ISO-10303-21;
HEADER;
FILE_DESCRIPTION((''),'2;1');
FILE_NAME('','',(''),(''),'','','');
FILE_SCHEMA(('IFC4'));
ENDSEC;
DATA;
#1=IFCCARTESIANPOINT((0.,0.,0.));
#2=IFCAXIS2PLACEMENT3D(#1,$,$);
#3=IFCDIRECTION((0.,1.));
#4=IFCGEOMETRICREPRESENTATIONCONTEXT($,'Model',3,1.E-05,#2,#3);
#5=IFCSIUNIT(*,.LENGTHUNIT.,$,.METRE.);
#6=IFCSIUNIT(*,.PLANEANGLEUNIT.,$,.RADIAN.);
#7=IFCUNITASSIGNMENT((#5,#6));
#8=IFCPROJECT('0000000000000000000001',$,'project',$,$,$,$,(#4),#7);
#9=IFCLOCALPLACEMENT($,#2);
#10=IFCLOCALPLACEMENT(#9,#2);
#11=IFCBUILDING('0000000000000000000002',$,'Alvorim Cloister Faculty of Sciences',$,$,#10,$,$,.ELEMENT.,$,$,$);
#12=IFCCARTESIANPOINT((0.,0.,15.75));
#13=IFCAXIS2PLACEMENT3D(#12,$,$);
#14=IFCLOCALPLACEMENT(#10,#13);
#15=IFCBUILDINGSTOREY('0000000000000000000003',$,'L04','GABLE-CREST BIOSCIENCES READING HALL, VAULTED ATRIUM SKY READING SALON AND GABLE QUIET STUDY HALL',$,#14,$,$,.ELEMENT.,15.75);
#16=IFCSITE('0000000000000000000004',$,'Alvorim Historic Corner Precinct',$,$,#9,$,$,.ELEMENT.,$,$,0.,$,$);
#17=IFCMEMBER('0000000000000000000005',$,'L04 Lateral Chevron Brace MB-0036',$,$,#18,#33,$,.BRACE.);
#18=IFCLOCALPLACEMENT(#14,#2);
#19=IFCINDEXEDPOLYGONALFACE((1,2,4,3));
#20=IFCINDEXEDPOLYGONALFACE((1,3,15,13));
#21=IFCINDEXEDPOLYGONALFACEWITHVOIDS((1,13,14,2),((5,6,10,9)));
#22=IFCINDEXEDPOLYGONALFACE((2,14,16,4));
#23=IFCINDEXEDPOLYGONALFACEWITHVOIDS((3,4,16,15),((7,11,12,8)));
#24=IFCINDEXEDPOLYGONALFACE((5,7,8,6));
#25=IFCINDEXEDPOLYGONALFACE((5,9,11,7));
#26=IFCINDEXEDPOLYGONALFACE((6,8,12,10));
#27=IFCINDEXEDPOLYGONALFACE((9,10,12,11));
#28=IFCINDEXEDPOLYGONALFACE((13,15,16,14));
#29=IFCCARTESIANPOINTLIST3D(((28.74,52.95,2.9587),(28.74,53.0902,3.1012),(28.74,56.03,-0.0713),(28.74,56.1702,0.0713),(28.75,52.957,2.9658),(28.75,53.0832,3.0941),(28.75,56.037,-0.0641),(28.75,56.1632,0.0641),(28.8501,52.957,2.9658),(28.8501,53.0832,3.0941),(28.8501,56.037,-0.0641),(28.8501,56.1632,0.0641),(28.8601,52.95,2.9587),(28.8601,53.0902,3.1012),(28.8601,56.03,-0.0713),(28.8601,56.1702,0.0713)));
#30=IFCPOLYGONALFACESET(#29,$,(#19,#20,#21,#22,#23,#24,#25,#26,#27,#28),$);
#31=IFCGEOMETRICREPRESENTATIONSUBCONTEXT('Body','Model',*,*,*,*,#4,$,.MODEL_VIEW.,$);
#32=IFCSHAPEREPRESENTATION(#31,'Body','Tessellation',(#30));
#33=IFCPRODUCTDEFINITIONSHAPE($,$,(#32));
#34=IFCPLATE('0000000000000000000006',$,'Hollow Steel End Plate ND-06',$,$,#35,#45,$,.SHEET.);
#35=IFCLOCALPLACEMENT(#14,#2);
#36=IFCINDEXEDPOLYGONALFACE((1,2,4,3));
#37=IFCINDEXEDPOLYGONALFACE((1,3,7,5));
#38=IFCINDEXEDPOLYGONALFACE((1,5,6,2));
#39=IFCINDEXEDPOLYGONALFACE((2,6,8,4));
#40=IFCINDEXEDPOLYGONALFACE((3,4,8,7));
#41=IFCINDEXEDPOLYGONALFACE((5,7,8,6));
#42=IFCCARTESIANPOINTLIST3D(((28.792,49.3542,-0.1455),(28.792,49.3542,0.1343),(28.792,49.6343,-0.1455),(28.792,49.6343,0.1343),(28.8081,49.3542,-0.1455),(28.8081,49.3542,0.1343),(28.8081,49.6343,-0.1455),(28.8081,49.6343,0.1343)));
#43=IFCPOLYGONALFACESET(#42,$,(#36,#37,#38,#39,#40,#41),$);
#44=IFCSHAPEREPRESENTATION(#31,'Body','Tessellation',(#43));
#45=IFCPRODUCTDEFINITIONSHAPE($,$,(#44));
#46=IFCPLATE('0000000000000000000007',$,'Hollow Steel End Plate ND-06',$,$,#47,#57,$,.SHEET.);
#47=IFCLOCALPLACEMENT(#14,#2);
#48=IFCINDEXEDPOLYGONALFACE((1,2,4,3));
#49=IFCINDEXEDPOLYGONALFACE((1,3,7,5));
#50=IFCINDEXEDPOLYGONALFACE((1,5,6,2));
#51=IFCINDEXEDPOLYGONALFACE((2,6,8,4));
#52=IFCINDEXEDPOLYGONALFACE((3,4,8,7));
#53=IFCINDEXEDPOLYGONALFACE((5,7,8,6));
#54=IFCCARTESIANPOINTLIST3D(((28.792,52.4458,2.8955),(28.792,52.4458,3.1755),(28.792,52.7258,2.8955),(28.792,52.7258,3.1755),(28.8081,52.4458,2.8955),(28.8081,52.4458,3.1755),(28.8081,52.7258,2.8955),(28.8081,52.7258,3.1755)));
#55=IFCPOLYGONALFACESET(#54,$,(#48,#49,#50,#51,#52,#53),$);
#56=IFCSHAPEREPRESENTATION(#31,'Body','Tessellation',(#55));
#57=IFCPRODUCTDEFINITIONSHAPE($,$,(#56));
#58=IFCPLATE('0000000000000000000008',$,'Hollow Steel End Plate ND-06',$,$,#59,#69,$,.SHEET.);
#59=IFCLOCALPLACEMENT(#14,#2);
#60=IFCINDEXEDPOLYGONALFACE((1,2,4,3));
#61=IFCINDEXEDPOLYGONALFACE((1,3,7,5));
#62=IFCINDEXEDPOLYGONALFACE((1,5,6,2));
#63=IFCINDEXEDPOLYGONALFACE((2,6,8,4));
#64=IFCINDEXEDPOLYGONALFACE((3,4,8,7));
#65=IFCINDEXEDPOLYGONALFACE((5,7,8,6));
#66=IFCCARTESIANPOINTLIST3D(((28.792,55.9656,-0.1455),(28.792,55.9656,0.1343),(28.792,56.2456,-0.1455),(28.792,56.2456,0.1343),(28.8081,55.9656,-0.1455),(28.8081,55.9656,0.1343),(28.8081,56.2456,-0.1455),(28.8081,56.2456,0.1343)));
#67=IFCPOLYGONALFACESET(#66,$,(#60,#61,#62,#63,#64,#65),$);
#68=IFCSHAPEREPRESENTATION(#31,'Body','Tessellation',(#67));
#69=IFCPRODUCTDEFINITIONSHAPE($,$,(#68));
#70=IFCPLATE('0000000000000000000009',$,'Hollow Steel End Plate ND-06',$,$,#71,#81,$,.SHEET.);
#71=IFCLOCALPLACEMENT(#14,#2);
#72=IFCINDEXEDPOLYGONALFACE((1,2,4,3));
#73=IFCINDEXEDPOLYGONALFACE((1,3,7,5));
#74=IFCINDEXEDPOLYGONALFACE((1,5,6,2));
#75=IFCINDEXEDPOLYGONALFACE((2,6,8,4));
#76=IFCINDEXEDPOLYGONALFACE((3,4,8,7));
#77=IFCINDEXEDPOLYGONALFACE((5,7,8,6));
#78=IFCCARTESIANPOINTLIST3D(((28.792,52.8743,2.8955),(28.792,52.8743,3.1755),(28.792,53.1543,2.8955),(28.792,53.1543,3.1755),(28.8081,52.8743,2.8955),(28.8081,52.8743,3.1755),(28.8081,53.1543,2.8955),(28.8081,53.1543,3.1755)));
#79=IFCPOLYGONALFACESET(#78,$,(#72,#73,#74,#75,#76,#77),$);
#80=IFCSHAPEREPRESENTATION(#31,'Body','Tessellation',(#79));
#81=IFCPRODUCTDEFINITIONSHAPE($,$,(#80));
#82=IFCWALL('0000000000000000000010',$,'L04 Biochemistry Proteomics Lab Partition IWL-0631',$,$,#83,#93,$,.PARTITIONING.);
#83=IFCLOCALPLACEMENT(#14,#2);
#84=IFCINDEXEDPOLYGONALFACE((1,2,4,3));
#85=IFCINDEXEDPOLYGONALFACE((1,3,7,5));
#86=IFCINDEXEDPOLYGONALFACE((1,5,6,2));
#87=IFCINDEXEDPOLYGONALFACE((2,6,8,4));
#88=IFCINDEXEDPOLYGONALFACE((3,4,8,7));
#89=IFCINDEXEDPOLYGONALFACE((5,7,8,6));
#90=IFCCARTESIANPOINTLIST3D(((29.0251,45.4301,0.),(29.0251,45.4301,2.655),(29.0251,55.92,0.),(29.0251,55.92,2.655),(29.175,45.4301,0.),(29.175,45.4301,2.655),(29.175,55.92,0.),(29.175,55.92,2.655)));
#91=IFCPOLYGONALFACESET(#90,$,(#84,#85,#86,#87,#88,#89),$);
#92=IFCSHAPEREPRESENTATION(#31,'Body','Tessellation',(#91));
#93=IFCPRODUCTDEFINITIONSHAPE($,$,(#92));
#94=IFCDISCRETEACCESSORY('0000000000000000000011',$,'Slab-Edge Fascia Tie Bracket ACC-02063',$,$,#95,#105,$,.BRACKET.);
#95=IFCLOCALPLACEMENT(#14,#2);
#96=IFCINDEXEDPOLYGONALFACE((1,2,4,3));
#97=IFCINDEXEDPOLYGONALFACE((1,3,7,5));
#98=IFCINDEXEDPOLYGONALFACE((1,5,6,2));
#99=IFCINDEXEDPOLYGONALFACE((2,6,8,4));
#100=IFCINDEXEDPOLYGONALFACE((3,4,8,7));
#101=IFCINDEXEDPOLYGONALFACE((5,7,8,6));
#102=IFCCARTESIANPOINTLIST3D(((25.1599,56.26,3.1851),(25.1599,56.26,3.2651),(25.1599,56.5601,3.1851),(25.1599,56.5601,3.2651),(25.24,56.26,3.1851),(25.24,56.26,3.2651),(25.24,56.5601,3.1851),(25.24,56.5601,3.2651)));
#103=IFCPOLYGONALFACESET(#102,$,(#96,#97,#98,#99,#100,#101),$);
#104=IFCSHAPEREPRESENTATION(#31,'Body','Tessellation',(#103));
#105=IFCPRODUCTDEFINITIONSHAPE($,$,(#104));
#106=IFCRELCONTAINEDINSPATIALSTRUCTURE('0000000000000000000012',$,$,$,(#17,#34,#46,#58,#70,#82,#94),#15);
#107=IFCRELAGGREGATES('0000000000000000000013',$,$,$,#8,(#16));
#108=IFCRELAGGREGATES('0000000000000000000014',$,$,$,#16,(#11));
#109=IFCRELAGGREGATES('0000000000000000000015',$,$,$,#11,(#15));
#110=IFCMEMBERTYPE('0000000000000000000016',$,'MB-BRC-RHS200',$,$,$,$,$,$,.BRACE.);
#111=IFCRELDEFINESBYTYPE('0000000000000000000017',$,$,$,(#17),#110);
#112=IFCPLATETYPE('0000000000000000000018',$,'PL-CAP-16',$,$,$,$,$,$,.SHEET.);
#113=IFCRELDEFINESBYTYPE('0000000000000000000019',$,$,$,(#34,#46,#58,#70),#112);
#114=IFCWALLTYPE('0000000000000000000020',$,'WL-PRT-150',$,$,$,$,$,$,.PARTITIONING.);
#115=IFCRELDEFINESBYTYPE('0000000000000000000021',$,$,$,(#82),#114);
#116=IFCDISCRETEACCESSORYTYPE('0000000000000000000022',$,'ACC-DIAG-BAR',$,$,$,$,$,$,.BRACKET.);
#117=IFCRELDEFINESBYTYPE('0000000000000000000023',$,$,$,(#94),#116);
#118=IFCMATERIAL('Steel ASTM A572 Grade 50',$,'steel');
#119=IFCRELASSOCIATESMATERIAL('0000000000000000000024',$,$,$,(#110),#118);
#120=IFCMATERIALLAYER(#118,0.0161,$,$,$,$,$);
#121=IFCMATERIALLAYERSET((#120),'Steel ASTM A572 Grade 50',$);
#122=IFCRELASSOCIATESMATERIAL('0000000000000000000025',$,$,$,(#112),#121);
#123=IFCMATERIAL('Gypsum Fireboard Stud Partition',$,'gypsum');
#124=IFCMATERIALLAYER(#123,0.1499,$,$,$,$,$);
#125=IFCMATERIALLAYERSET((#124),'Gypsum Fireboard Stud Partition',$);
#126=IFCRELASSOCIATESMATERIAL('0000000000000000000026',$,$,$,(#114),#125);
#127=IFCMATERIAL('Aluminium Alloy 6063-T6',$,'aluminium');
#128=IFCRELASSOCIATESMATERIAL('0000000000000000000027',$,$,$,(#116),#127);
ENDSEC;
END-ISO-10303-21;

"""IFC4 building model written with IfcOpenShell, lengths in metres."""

from ifc_helpers import new_model, si_unit, direction, frame, frame_2d, origin, origin_2d, place, context, subcontext, project, spatial, polyline, rectangle, hollow_rectangle, outline, extrude, material, layer, layer_set, material_profile, profile_set, type_object, element, save


model = new_model("IFC4")

# Units and contexts
model_context = context("Model", 3, precision=1e-05, world=origin(), true_north=direction((0.0, 1.0)))
body_context = subcontext(model_context, "Body", "Model", "MODEL_VIEW")
ifc_project = project(units=[si_unit("LENGTHUNIT", "METRE"), si_unit("PLANEANGLEUNIT", "RADIAN")], contexts=[model_context])

# Site, building, storey
site_placement = place(None, origin())
site = spatial("IfcSite", under=ifc_project, at=site_placement, Name="Alvorim Historic Corner Precinct", CompositionType="ELEMENT", RefElevation=0.0)
building_placement = place(site_placement, origin())
building = spatial("IfcBuilding", under=site, at=building_placement, Name="Alvorim Cloister Faculty of Sciences", CompositionType="ELEMENT")
storey_placement = place(building_placement, frame((0.0, 0.0, 15.75)))
storey = spatial("IfcBuildingStorey", under=building, at=storey_placement, Name="L04", Description="GABLE-CREST BIOSCIENCES READING HALL, VAULTED ATRIUM SKY READING SALON AND GABLE QUIET STUDY HALL", CompositionType="ELEMENT", Elevation=15.75)

# Shared definitions
ifc_material_1 = material(Name="Aluminium Alloy 6063-T6", Category="aluminium")

# Member
ifc_material_2 = material(Name="Steel ASTM A572 Grade 50", Category="steel")
ifc_material_profile_1 = material_profile(ifc_material_2, hollow_rectangle(XDim=0.1201, YDim=0.2, WallThickness=0.01, at=origin_2d()), Name="RHS200x120x10")
ifc_profile_set_1 = profile_set([ifc_material_profile_1], Name="Steel ASTM A572 Grade 50")
member_type_1 = type_object("IfcMemberType", Name="MB-BRC-RHS200", PredefinedType="BRACE", material=ifc_profile_set_1)
for number, where, z_axis, x_axis, name in (
    (1, (28.8, 56.1001, 0.0), (0.0, -0.712875, 0.701291), (1.0, 0.0, 0.0), "L04 Lateral Chevron Brace MB-0036"),
):
    element("IfcMember", number, at=place(storey_placement, frame(where, z_axis=z_axis, x_axis=x_axis)), inside=storey, type_object=member_type_1, Name=name, PredefinedType="BRACE", context=body_context, shape_type="SweptSolid", body=[
        extrude(hollow_rectangle(XDim=0.1201, YDim=0.2, WallThickness=0.01, at=origin_2d()), origin(), (0.0, 0.0, 1.0), 4.3206),
    ])

# Plates
ifc_layer_1 = layer(ifc_material_2, 0.0161)
ifc_layer_set_1 = layer_set([ifc_layer_1], Name="Steel ASTM A572 Grade 50")
plate_type = type_object("IfcPlateType", Name="PL-CAP-16", PredefinedType="SHEET", material=ifc_layer_set_1)
plate_1_placement = place(storey_placement, frame((28.8, 49.3542, -0.1455), z_axis=(0.0, 0.0, 1.0), x_axis=(0.0, 1.0, 0.0)))
element("IfcPlate", 2, at=plate_1_placement, inside=storey, type_object=plate_type, Name="Hollow Steel End Plate ND-06", PredefinedType="SHEET", context=body_context, shape_type="SweptSolid", body=[
    extrude(outline(polyline([(0.0, 0.0), (0.28, 0.0), (0.28, 0.2798), (0.0, 0.2798), (0.0, 0.0)])), frame((0.0, 0.0081, 0.0), z_axis=(0.0, -1.0, 0.0), x_axis=(1.0, 0.0, 0.0)), (0.0, 0.0, 1.0), 0.0161),
])
plate_2_placement = place(storey_placement, frame((28.8, 52.4458, 2.8955), z_axis=(0.0, 0.0, 1.0), x_axis=(0.0, 1.0, 0.0)))
element("IfcPlate", 3, at=plate_2_placement, inside=storey, type_object=plate_type, Name="Hollow Steel End Plate ND-06", PredefinedType="SHEET", context=body_context, shape_type="SweptSolid", body=[
    extrude(outline(polyline([(0.0, 0.0), (0.28, 0.0), (0.28, 0.28), (0.0, 0.28), (0.0, 0.0)])), frame((0.0, 0.0081, 0.0), z_axis=(0.0, -1.0, 0.0), x_axis=(1.0, 0.0, 0.0)), (0.0, 0.0, 1.0), 0.0161),
])
plate_3_placement = place(storey_placement, frame((28.8, 56.2456, -0.1455), z_axis=(0.0, 0.0, 1.0), x_axis=(0.0, -1.0, 0.0)))
element("IfcPlate", 4, at=plate_3_placement, inside=storey, type_object=plate_type, Name="Hollow Steel End Plate ND-06", PredefinedType="SHEET", context=body_context, shape_type="SweptSolid", body=[
    extrude(outline(polyline([(0.0, 0.0), (0.28, 0.0), (0.28, 0.2798), (0.0, 0.2798), (0.0, 0.0)])), frame((0.0, 0.0081, 0.0), z_axis=(0.0, -1.0, 0.0), x_axis=(1.0, 0.0, 0.0)), (0.0, 0.0, 1.0), 0.0161),
])
plate_4_placement = place(storey_placement, frame((28.8, 53.1543, 2.8955), z_axis=(0.0, 0.0, 1.0), x_axis=(0.0, -1.0, 0.0)))
element("IfcPlate", 5, at=plate_4_placement, inside=storey, type_object=plate_type, Name="Hollow Steel End Plate ND-06", PredefinedType="SHEET", context=body_context, shape_type="SweptSolid", body=[
    extrude(outline(polyline([(0.0, 0.0), (0.28, 0.0), (0.28, 0.28), (0.0, 0.28), (0.0, 0.0)])), frame((0.0, 0.0081, 0.0), z_axis=(0.0, -1.0, 0.0), x_axis=(1.0, 0.0, 0.0)), (0.0, 0.0, 1.0), 0.0161),
])

# Wall
ifc_material_3 = material(Name="Gypsum Fireboard Stud Partition", Category="gypsum")
ifc_layer_2 = layer(ifc_material_3, 0.1499)
ifc_layer_set_2 = layer_set([ifc_layer_2], Name="Gypsum Fireboard Stud Partition")
wall_type = type_object("IfcWallType", Name="WL-PRT-150", PredefinedType="PARTITIONING", material=ifc_layer_set_2)
wall_placement = place(storey_placement, frame((29.1001, 45.4299, 0.0), z_axis=(0.0, 0.0, 1.0), x_axis=(0.0, 1.0, 0.0)))
element("IfcWall", 6, at=wall_placement, inside=storey, type_object=wall_type, Name="L04 Biochemistry Proteomics Lab Partition IWL-0631", PredefinedType="PARTITIONING", context=body_context, shape_type="SweptSolid", body=[
    extrude(rectangle(XDim=10.49, YDim=0.1499, at=frame_2d((5.2451, 0.0))), origin(), (0.0, 0.0, 1.0), 2.655),
])

# Discrete accessory
discrete_accessory_type = type_object("IfcDiscreteAccessoryType", Name="ACC-DIAG-BAR", PredefinedType="BRACKET", material=ifc_material_1)
discrete_accessory_placement = place(storey_placement, frame((25.2, 56.26, 3.2251), z_axis=(0.0, 1.0, 0.0), x_axis=(-1.0, 0.0, 0.0)))
element("IfcDiscreteAccessory", 7, at=discrete_accessory_placement, inside=storey, type_object=discrete_accessory_type, Name="Slab-Edge Fascia Tie Bracket ACC-02063", PredefinedType="BRACKET", context=body_context, shape_type="SweptSolid", body=[
    extrude(rectangle(XDim=0.0801, YDim=0.0801, at=origin_2d()), origin(), (0.0, 0.0, 1.0), 0.3),
])

save(model, "model.ifc")
